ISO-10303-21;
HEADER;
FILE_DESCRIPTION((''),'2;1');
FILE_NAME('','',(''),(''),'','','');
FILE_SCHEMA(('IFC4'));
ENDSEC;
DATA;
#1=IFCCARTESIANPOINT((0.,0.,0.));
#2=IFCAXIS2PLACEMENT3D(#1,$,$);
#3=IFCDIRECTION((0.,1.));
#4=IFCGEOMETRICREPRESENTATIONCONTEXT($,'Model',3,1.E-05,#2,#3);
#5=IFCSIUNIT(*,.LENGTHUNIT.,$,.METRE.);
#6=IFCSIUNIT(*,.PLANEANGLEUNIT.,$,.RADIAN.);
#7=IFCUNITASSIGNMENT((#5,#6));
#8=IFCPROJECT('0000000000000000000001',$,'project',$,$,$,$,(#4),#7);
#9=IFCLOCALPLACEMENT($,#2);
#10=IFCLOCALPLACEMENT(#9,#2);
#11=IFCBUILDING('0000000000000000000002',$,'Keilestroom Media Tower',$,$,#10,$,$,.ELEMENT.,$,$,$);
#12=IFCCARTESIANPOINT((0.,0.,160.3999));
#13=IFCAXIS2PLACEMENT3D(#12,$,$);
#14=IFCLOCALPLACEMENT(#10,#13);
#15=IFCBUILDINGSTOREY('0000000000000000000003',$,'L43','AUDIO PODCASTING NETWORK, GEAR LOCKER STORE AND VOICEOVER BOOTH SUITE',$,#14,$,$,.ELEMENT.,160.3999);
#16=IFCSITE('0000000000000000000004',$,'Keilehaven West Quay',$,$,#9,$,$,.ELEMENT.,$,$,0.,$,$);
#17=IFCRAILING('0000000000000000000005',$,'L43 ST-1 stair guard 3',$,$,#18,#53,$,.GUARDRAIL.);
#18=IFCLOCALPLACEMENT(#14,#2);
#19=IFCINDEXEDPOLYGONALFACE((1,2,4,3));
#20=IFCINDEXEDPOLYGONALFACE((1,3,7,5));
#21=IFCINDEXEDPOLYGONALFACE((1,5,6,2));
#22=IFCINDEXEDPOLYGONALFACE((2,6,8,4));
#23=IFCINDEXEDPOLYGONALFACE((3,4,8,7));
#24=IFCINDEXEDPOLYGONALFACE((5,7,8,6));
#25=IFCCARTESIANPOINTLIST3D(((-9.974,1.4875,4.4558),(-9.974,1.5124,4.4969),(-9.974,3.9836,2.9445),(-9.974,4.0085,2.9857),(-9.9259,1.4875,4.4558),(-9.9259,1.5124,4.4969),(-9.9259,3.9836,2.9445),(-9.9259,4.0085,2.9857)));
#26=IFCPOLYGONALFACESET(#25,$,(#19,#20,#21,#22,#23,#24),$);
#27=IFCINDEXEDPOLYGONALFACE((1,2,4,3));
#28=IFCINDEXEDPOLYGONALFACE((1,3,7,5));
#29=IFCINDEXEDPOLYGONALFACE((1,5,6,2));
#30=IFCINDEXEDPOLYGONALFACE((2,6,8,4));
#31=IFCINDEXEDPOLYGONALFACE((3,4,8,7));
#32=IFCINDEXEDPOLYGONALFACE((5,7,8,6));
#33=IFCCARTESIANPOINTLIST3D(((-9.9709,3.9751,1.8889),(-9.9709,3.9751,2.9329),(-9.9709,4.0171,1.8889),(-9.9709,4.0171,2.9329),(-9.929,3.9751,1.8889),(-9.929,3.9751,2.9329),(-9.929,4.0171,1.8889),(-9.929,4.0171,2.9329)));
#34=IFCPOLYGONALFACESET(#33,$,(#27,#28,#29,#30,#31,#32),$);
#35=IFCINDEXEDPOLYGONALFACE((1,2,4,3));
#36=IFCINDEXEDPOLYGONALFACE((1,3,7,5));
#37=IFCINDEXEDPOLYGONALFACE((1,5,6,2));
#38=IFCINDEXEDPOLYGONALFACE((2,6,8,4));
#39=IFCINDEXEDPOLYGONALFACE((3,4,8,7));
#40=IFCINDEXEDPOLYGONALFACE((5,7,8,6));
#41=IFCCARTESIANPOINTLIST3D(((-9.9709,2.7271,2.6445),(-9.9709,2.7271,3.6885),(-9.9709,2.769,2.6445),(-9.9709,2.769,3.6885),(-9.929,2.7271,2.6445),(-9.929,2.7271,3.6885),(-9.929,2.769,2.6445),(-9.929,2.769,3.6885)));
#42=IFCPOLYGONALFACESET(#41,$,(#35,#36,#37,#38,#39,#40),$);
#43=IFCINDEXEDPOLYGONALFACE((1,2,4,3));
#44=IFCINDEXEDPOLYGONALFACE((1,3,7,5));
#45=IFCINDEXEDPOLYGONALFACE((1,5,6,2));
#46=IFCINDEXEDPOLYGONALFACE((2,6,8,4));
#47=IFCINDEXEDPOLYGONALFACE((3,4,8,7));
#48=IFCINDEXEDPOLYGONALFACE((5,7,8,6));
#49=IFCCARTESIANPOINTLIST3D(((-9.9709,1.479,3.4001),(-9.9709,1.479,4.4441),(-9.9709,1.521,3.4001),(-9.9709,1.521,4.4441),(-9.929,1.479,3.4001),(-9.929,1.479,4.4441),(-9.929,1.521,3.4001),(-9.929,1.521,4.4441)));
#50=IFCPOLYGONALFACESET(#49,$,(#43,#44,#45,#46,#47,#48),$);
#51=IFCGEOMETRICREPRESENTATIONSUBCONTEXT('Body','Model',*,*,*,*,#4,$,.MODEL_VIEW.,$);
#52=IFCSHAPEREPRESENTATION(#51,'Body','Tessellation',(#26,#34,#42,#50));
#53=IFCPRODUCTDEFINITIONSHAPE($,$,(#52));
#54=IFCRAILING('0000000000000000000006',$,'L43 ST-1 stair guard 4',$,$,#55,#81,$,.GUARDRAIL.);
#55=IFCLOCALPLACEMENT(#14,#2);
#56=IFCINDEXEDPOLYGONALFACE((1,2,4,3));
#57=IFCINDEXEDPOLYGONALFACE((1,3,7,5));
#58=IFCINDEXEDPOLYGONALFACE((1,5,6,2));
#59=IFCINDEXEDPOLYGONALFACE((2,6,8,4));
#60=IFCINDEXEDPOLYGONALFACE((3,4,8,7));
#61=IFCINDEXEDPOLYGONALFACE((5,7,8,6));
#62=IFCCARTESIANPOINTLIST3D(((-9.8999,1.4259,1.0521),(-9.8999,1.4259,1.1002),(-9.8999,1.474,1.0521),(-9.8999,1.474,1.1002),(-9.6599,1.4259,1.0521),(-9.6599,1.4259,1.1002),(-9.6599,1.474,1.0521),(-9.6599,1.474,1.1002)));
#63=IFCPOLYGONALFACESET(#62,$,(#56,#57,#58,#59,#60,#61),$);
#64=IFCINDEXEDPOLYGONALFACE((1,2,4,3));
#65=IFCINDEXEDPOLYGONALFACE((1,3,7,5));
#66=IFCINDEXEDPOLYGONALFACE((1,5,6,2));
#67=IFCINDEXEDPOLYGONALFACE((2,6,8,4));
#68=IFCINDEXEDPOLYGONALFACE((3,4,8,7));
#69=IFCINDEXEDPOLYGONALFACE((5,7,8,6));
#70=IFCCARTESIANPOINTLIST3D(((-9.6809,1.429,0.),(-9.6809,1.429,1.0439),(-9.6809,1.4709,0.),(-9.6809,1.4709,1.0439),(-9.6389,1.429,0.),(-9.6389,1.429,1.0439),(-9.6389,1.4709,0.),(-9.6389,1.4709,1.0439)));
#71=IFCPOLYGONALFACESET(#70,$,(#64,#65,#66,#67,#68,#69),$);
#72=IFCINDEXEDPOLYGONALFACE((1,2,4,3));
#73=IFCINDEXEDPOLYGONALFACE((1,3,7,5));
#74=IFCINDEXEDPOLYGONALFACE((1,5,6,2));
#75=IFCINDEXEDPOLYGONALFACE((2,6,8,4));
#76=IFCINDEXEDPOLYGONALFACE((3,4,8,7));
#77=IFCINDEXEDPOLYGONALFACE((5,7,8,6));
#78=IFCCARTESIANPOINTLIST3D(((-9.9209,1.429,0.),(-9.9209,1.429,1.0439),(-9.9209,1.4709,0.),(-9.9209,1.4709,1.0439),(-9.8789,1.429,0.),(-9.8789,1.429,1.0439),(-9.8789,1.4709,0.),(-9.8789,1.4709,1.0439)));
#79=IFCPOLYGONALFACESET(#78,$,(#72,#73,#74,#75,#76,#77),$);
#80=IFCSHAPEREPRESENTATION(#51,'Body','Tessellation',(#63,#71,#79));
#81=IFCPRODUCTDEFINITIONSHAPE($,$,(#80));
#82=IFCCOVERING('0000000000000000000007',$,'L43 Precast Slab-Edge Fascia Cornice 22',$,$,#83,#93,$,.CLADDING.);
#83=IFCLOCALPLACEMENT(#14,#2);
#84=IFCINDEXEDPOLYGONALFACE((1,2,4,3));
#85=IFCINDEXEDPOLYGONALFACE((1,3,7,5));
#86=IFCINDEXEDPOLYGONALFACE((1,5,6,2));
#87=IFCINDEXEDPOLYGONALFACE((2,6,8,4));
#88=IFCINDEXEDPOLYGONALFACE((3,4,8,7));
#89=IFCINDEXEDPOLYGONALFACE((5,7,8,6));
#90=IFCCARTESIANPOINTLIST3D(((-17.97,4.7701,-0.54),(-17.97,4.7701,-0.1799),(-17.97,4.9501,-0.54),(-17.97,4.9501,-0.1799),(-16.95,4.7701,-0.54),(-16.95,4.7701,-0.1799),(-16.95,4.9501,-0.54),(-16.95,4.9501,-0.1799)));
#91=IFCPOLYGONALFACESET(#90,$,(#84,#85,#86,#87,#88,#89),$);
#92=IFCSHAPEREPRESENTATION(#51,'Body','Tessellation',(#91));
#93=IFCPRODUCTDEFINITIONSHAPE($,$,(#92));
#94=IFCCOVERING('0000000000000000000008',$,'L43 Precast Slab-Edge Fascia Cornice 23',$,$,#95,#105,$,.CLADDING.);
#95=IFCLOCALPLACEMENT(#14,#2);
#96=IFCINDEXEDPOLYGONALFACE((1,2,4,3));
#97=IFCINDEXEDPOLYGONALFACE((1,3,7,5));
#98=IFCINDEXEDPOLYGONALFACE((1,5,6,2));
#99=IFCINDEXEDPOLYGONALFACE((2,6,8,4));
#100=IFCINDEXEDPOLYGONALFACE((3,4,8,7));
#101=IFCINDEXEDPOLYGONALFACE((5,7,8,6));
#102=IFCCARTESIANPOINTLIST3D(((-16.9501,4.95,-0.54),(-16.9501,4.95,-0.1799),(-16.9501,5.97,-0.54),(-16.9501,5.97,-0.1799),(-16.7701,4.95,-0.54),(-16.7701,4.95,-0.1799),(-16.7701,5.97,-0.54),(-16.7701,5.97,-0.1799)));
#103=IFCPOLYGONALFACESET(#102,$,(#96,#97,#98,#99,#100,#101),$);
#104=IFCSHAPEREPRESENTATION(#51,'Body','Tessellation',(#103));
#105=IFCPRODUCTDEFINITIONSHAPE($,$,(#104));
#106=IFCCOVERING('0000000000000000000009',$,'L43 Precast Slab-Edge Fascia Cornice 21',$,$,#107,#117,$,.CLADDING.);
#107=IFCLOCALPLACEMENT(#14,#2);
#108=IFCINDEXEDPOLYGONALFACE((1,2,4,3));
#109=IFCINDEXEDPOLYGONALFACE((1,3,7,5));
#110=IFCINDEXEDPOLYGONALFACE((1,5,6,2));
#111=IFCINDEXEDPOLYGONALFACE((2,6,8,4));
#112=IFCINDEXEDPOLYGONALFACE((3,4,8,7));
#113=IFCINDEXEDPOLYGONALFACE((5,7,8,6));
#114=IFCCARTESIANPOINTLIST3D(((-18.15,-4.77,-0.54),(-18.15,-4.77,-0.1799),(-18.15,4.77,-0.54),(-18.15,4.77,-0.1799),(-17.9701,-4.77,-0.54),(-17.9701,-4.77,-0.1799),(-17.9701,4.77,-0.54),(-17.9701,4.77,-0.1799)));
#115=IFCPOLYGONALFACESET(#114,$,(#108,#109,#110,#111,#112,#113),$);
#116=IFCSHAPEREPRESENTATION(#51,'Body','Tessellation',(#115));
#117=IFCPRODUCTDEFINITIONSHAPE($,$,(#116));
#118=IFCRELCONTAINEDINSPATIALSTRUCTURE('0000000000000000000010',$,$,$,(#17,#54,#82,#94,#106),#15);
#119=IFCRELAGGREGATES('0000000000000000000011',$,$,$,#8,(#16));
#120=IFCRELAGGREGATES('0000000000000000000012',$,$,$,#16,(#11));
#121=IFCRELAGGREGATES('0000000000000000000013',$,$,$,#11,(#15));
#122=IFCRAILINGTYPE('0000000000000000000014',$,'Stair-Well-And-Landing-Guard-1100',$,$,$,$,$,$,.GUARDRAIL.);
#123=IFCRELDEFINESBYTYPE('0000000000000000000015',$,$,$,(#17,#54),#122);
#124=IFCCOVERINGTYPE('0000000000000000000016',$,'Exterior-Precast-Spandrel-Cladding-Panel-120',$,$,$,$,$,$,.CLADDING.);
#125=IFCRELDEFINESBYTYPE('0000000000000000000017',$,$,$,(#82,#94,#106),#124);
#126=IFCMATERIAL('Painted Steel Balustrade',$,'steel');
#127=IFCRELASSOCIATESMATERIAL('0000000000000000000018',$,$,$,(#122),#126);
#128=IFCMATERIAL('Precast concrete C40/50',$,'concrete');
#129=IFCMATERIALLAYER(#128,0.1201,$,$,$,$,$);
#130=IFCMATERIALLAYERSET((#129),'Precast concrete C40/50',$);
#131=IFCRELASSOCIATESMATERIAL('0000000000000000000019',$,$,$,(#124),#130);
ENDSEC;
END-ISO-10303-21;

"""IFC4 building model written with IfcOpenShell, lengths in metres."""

from ifc_helpers import new_model, si_unit, direction, frame, origin, origin_2d, place, context, subcontext, project, spatial, rectangle, extrude, source, transform, mapped, material, layer, layer_set, type_object, element, save


model = new_model("IFC4")

# Units and contexts
model_context = context("Model", 3, precision=1e-05, world=origin(), true_north=direction((0.0, 1.0)))
body_context = subcontext(model_context, "Body", "Model", "MODEL_VIEW")
ifc_project = project(units=[si_unit("LENGTHUNIT", "METRE"), si_unit("PLANEANGLEUNIT", "RADIAN")], contexts=[model_context])

# Site, building, storey
site_placement = place(None, origin())
site = spatial("IfcSite", under=ifc_project, at=site_placement, Name="Keilehaven West Quay", CompositionType="ELEMENT", RefElevation=0.0)
building_placement = place(site_placement, origin())
building = spatial("IfcBuilding", under=site, at=building_placement, Name="Keilestroom Media Tower", CompositionType="ELEMENT")
storey_placement = place(building_placement, frame((0.0, 0.0, 160.3999)))
storey = spatial("IfcBuildingStorey", under=building, at=storey_placement, Name="L43", Description="AUDIO PODCASTING NETWORK, GEAR LOCKER STORE AND VOICEOVER BOOTH SUITE", CompositionType="ELEMENT", Elevation=160.3999)

# Shared definitions
ifc_material_1 = material(Name="Precast concrete C40/50", Category="concrete")

# Railings
ifc_material_2 = material(Name="Painted Steel Balustrade", Category="steel")
railing_type_1 = type_object("IfcRailingType", Name="Stair-Well-And-Landing-Guard-1100", PredefinedType="GUARDRAIL", material=ifc_material_2)
railing_1_placement = place(storey_placement, frame((-9.95, 3.9961, 1.8889)))
element("IfcRailing", 1, at=railing_1_placement, inside=storey, type_object=railing_type_1, Name="L43 ST-1 stair guard 3", PredefinedType="GUARDRAIL", context=body_context, shape_type="SweptSolid", body=[
    extrude(rectangle(XDim=0.0481, YDim=0.0481, at=origin_2d()), frame((0.0, 0.0, 1.0762), z_axis=(0.0, -0.855434, 0.517912), x_axis=(1.0, 0.0, 0.0)), (0.0, 0.0, 1.0), 2.918),
    extrude(rectangle(XDim=0.042, YDim=0.042, at=origin_2d()), origin(), (0.0, 0.0, 1.0), 1.0439),
    extrude(rectangle(XDim=0.042, YDim=0.042, at=origin_2d()), frame((0.0, -1.248, 0.7556)), (0.0, 0.0, 1.0), 1.0439),
    extrude(rectangle(XDim=0.042, YDim=0.042, at=origin_2d()), frame((0.0, -2.4961, 1.5112)), (0.0, 0.0, 1.0), 1.0439),
])
railing_2_placement = place(storey_placement, frame((-9.6599, 1.45, 0.0)))
element("IfcRailing", 2, at=railing_2_placement, inside=storey, type_object=railing_type_1, Name="L43 ST-1 stair guard 4", PredefinedType="GUARDRAIL", context=body_context, shape_type="SweptSolid", body=[
    extrude(rectangle(XDim=0.0481, YDim=0.0481, at=origin_2d()), frame((0.0, 0.0, 1.0762), z_axis=(-1.0, 0.0, 0.0), x_axis=(0.0, -1.0, 0.0)), (0.0, 0.0, 1.0), 0.24),
    extrude(rectangle(XDim=0.042, YDim=0.042, at=origin_2d()), origin(), (0.0, 0.0, 1.0), 1.0439),
    extrude(rectangle(XDim=0.042, YDim=0.042, at=origin_2d()), frame((-0.24, 0.0, 0.0)), (0.0, 0.0, 1.0), 1.0439),
])

# Coverings
ifc_layer_1 = layer(ifc_material_1, 0.1201)
ifc_layer_set_1 = layer_set([ifc_layer_1], Name="Precast concrete C40/50")
covering_type = type_object("IfcCoveringType", Name="Exterior-Precast-Spandrel-Cladding-Panel-120", PredefinedType="CLADDING", material=ifc_layer_set_1)
shared_shape_1 = source(origin(), body_context, "Body", "SweptSolid", [
    extrude(rectangle(XDim=1.02, YDim=0.1799, at=origin_2d()), origin(), (0.0, 0.0, 1.0), 0.3601),
])
for number, where, z_axis, x_axis, name in (
    (3, (-17.46, 4.8601, -0.54), (0.0, 0.0, 1.0), (1.0, 0.0, 0.0), "L43 Precast Slab-Edge Fascia Cornice 22"),
    (4, (-16.8601, 5.46, -0.54), (0.0, 0.0, 1.0), (0.0, 1.0, 0.0), "L43 Precast Slab-Edge Fascia Cornice 23"),
):
    element("IfcCovering", number, at=place(storey_placement, frame(where, z_axis=z_axis, x_axis=x_axis)), inside=storey, type_object=covering_type, Name=name, PredefinedType="CLADDING", context=body_context, shape_type="MappedRepresentation", body=[
        mapped(shared_shape_1, transform((0.0, 0.0, 0.0), x_axis=(1.0, 0.0, 0.0), y_axis=(0.0, 1.0, 0.0), z_axis=(0.0, 0.0, 1.0), scale=1.0)),
    ])
shared_shape_2 = source(origin(), body_context, "Body", "SweptSolid", [
    extrude(rectangle(XDim=9.54, YDim=0.1799, at=origin_2d()), origin(), (0.0, 0.0, 1.0), 0.3601),
])
covering_placement = place(storey_placement, frame((-18.0601, 0.0, -0.54), z_axis=(0.0, 0.0, 1.0), x_axis=(0.0, 1.0, 0.0)))
element("IfcCovering", 5, at=covering_placement, inside=storey, type_object=covering_type, Name="L43 Precast Slab-Edge Fascia Cornice 21", PredefinedType="CLADDING", context=body_context, shape_type="MappedRepresentation", body=[
    mapped(shared_shape_2, transform((0.0, 0.0, 0.0), x_axis=(1.0, 0.0, 0.0), y_axis=(0.0, 1.0, 0.0), z_axis=(0.0, 0.0, 1.0), scale=1.0)),
])

save(model, "model.ifc")
